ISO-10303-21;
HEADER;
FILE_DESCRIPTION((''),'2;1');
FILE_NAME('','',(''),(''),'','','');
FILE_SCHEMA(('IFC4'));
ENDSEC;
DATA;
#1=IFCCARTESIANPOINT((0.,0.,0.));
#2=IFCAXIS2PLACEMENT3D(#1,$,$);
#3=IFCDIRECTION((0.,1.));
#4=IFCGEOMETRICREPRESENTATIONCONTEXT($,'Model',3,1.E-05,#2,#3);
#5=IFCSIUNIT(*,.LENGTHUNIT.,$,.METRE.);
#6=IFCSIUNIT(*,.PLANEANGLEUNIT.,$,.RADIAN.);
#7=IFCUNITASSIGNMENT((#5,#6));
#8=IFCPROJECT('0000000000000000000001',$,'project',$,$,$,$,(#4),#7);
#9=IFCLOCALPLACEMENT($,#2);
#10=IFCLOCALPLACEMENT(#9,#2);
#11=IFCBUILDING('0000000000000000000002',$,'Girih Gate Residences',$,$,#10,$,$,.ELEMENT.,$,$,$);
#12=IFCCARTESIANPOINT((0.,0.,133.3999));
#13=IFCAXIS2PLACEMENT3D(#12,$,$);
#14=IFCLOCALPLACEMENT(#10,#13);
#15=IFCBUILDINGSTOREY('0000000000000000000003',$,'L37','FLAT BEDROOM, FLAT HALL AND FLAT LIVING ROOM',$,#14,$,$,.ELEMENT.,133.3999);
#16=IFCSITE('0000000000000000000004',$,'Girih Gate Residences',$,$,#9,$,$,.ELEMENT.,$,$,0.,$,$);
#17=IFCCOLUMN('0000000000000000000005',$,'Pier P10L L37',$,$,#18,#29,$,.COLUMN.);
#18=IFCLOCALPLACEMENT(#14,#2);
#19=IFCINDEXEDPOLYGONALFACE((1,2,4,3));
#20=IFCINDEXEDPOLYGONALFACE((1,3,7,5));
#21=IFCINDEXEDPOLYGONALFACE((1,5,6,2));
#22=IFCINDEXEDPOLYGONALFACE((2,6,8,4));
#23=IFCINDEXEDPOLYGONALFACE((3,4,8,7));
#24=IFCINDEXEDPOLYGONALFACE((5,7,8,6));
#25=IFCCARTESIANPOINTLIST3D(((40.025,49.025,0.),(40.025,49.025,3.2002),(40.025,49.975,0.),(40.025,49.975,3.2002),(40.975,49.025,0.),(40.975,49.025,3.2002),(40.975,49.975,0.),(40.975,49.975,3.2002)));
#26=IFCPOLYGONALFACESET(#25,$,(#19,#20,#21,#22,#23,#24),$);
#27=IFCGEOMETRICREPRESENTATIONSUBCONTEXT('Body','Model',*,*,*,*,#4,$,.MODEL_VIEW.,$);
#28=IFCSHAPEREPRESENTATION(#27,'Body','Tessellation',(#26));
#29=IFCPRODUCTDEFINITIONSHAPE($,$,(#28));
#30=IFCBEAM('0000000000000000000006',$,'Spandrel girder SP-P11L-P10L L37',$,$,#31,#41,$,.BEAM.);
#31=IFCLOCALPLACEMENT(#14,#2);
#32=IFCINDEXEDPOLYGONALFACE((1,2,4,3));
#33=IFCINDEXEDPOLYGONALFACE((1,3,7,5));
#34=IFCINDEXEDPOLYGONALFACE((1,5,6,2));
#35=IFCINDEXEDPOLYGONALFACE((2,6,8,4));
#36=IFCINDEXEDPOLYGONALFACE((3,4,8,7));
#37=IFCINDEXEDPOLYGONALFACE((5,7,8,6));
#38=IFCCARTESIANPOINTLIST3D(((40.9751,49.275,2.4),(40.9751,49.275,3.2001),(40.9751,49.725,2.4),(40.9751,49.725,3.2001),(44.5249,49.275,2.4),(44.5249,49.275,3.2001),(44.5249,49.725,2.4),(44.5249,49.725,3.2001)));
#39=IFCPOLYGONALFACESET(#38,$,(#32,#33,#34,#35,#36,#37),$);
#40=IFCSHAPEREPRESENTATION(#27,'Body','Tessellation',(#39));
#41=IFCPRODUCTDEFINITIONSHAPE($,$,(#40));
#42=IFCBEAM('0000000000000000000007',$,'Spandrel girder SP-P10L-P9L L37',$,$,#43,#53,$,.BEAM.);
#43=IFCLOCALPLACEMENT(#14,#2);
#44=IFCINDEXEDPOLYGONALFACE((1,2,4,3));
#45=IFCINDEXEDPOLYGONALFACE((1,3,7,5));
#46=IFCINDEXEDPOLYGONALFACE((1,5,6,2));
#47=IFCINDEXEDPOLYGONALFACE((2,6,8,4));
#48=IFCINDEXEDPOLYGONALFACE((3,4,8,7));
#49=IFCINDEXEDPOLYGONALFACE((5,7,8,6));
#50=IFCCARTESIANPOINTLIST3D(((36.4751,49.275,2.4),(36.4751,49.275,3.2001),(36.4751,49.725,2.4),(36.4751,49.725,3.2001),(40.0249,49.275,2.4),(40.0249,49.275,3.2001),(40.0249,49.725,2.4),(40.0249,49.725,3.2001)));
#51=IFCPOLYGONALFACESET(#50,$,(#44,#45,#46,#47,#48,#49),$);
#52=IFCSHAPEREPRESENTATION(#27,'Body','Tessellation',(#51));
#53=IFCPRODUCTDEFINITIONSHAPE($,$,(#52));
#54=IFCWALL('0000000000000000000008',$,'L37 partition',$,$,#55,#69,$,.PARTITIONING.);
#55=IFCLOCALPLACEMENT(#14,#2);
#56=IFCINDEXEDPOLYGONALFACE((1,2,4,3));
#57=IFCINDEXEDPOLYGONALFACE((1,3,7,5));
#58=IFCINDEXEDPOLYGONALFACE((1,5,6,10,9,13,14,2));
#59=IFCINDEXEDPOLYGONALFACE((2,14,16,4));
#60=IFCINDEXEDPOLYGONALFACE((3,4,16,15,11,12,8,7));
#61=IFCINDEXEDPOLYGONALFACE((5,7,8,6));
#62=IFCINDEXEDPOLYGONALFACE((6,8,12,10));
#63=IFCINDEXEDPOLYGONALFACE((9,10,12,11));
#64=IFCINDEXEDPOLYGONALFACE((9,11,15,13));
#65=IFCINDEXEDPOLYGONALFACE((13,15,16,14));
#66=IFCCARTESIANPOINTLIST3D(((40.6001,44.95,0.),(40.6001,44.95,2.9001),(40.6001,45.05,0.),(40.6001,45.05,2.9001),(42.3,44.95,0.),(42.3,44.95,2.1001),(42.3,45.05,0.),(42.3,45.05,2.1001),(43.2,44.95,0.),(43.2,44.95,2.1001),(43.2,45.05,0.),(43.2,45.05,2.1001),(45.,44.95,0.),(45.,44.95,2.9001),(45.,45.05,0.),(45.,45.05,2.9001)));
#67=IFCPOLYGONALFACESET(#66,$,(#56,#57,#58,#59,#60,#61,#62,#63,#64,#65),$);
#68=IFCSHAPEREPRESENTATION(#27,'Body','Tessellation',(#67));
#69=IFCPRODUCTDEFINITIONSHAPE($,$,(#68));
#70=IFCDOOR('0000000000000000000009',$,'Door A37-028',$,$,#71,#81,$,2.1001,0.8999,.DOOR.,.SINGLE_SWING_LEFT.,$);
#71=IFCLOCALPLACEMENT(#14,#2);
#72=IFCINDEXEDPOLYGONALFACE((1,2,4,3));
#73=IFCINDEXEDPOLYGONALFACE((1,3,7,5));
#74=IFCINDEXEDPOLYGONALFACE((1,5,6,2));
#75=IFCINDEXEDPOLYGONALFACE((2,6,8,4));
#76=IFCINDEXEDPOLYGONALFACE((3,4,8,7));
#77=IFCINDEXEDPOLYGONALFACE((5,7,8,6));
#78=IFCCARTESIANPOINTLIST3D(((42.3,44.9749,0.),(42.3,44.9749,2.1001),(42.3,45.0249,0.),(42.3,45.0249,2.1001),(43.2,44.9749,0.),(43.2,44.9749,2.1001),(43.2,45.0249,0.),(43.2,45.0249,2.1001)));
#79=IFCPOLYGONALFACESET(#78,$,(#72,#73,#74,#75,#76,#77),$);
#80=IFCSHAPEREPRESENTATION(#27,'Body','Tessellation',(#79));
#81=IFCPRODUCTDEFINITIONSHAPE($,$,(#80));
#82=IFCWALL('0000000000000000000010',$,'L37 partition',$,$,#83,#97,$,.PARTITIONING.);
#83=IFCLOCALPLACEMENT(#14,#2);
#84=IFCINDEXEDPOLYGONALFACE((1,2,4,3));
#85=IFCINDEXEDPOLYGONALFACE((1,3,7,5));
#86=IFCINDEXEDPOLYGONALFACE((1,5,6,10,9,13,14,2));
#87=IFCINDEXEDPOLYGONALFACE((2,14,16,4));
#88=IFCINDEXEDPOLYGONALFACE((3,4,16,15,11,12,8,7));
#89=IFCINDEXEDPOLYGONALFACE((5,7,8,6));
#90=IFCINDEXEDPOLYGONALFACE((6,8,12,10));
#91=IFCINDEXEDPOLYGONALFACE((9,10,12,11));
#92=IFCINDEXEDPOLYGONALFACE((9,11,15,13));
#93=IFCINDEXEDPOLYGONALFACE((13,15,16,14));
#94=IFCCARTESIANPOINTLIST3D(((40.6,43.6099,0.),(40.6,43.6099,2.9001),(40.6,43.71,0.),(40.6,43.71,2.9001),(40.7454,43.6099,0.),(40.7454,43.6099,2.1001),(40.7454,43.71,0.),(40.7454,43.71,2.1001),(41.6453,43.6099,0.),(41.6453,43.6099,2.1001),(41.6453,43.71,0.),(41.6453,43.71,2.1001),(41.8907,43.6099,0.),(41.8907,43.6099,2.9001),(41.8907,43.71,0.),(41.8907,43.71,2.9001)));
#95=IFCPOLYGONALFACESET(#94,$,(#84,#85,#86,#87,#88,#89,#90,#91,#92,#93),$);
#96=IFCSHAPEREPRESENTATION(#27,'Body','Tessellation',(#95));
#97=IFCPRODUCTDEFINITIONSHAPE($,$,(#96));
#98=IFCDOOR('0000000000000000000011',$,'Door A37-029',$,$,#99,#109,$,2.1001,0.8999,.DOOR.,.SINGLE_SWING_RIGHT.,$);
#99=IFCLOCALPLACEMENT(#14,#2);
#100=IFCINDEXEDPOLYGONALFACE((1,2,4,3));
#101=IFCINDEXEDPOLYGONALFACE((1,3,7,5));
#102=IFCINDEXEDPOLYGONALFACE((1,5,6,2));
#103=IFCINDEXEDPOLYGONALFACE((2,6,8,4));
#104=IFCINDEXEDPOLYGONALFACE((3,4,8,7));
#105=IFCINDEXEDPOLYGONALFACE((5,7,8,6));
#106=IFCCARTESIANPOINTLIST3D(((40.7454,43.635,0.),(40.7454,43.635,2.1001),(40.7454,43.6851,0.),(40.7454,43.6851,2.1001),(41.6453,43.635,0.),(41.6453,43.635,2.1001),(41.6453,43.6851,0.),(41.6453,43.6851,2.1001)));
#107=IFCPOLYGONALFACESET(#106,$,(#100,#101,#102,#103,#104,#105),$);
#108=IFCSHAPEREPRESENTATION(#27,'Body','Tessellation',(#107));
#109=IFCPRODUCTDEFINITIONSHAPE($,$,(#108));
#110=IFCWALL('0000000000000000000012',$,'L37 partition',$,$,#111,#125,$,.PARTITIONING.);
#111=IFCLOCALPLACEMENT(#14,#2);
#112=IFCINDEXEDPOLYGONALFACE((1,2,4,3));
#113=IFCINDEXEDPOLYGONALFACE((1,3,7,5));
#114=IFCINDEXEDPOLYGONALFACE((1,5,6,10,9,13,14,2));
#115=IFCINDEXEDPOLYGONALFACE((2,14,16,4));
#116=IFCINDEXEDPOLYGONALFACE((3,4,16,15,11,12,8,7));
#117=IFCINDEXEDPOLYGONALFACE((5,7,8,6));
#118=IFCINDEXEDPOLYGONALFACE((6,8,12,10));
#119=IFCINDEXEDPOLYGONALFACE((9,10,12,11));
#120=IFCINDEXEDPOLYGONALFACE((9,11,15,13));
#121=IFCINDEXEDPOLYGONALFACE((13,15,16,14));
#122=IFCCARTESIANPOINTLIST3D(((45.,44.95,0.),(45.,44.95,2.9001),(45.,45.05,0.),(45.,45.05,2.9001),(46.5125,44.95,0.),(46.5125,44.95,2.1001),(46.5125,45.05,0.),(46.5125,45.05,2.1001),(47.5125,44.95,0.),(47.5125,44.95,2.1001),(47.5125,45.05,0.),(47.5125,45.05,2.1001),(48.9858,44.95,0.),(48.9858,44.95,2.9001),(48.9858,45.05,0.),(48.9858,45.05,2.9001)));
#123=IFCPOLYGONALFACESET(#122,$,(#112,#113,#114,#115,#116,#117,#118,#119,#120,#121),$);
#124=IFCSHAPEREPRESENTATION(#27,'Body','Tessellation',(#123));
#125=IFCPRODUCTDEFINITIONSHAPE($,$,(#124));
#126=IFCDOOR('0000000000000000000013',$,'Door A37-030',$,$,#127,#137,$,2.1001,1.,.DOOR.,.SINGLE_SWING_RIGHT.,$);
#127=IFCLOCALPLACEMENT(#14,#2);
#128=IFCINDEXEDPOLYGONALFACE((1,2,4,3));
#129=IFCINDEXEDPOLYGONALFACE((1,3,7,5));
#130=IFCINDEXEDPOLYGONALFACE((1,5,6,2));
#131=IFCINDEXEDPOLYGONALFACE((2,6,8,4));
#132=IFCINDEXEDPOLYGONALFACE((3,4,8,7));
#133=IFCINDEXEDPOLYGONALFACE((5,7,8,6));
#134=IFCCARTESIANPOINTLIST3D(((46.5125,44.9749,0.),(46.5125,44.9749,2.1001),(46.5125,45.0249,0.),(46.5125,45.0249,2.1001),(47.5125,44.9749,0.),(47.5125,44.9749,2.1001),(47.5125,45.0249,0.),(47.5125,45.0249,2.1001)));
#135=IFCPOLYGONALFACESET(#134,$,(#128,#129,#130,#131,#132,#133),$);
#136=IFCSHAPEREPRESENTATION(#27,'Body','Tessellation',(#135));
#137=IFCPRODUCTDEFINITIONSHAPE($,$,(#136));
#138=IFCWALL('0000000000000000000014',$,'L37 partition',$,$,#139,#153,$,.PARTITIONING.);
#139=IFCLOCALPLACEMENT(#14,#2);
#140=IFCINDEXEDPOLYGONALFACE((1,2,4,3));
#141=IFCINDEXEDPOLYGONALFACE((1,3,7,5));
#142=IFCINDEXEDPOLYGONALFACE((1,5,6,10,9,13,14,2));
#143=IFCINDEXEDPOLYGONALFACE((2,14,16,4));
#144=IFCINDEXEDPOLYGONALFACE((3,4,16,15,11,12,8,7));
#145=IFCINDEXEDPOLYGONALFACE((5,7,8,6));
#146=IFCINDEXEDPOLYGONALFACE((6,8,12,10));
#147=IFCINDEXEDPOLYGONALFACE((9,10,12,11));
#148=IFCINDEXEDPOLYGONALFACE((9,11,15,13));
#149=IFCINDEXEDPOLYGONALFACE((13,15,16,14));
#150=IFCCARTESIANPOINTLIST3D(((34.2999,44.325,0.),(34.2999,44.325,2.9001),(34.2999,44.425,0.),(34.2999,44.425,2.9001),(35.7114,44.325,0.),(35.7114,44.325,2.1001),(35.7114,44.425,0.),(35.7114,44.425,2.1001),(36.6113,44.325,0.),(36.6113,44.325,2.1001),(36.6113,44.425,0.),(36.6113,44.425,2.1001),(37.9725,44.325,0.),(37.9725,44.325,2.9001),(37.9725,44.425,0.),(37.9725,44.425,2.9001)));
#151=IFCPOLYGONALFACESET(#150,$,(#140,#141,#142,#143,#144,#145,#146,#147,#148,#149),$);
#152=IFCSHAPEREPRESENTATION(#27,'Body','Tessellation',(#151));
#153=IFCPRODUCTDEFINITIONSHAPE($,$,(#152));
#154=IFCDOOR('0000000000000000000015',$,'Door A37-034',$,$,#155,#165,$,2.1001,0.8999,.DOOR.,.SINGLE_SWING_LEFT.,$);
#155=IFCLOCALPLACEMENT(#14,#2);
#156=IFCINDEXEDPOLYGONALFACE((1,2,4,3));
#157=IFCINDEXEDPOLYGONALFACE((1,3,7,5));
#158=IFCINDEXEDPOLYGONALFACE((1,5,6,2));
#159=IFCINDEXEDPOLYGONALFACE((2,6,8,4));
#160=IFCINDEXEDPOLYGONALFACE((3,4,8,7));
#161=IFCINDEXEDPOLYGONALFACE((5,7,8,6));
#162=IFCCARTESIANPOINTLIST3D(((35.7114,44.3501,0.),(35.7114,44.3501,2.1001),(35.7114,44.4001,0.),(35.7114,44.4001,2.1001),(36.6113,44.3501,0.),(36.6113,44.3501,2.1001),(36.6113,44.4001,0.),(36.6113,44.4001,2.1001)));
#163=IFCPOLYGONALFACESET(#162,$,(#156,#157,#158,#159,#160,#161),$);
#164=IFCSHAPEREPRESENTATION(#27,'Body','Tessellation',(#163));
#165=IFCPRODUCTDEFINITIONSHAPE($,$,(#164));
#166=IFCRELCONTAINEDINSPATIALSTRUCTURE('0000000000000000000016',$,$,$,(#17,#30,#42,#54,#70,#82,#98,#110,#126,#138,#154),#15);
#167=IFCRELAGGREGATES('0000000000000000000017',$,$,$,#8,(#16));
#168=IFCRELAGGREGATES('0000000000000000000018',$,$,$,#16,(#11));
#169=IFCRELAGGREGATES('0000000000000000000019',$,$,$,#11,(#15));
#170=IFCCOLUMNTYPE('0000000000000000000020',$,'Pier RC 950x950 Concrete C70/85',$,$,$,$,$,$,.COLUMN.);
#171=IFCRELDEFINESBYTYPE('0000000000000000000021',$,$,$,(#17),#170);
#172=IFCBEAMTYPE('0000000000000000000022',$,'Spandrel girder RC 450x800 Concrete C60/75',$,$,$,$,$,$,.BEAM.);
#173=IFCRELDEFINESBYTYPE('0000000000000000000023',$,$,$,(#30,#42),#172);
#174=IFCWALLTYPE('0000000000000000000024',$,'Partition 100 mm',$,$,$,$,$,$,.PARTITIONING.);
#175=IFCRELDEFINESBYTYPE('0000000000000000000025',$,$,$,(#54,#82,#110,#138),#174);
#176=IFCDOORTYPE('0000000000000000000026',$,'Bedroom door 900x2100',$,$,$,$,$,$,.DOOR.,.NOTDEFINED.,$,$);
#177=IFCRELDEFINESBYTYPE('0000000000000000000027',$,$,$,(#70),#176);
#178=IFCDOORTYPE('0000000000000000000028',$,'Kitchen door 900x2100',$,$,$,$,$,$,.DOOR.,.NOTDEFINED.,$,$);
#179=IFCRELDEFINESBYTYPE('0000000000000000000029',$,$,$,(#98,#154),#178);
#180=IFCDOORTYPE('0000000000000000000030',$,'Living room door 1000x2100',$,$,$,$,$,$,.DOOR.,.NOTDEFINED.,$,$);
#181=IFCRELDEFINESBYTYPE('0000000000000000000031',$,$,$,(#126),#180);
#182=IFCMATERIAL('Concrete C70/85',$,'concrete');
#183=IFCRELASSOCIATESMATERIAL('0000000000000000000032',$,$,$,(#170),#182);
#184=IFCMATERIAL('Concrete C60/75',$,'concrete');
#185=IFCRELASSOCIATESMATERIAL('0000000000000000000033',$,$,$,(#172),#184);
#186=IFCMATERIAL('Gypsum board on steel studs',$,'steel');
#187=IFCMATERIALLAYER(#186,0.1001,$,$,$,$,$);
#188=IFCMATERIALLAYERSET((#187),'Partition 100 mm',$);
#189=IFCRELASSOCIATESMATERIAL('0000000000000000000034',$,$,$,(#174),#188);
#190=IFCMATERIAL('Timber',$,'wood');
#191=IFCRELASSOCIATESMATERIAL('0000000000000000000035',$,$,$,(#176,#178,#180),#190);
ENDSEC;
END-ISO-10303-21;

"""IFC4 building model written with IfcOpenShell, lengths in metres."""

from ifc_helpers import new_model, si_unit, direction, frame, frame_2d, origin, origin_2d, place, context, subcontext, project, spatial, rectangle, extrude, material, layer, layer_set, material_profile, profile_set, type_object, element, fill, save


model = new_model("IFC4")

# Units and contexts
model_context = context("Model", 3, precision=1e-05, world=origin(), true_north=direction((0.0, 1.0)))
body_context = subcontext(model_context, "Body", "Model", "MODEL_VIEW")
ifc_project = project(units=[si_unit("LENGTHUNIT", "METRE"), si_unit("PLANEANGLEUNIT", "RADIAN")], contexts=[model_context])

# Site, building, storey
site_placement = place(None, origin())
site = spatial("IfcSite", under=ifc_project, at=site_placement, Name="Girih Gate Residences", CompositionType="ELEMENT", RefElevation=0.0)
building_placement = place(site_placement, origin())
building = spatial("IfcBuilding", under=site, at=building_placement, Name="Girih Gate Residences", CompositionType="ELEMENT")
storey_placement = place(building_placement, frame((0.0, 0.0, 133.3999)))
storey = spatial("IfcBuildingStorey", under=building, at=storey_placement, Name="L37", Description="FLAT BEDROOM, FLAT HALL AND FLAT LIVING ROOM", CompositionType="ELEMENT", Elevation=133.3999)

# Column
ifc_material_1 = material(Name="Concrete C70/85", Category="concrete")
ifc_material_profile_1 = material_profile(ifc_material_1, rectangle(XDim=0.95, YDim=0.95, at=origin_2d()))
ifc_profile_set_1 = profile_set([ifc_material_profile_1], Name="Concrete C70/85")
column_type = type_object("IfcColumnType", Name="Pier RC 950x950 Concrete C70/85", PredefinedType="COLUMN", material=ifc_profile_set_1)
column_placement = place(storey_placement, frame((40.5, 49.5, 0.0), z_axis=(0.0, 0.0, 1.0), x_axis=(1.0, 0.0, 0.0)))
element("IfcColumn", 1, at=column_placement, inside=storey, type_object=column_type, Name="Pier P10L L37", PredefinedType="COLUMN", context=body_context, shape_type="SweptSolid", body=[
    extrude(rectangle(XDim=0.95, YDim=0.95, at=origin_2d()), origin(), (0.0, 0.0, 1.0), 3.2002),
])

# Beams
ifc_material_2 = material(Name="Concrete C60/75", Category="concrete")
ifc_material_profile_2 = material_profile(ifc_material_2, rectangle(XDim=0.45, YDim=0.8, at=origin_2d()))
ifc_profile_set_2 = profile_set([ifc_material_profile_2], Name="Concrete C60/75")
beam_type = type_object("IfcBeamType", Name="Spandrel girder RC 450x800 Concrete C60/75", PredefinedType="BEAM", material=ifc_profile_set_2)
for number, where, z_axis, x_axis, name in (
    (2, (44.5249, 49.5, 2.8), (-1.0, 0.0, 0.0), (0.0, -1.0, 0.0), "Spandrel girder SP-P11L-P10L L37"),
    (3, (40.0249, 49.5, 2.8), (-1.0, 0.0, 0.0), (0.0, -1.0, 0.0), "Spandrel girder SP-P10L-P9L L37"),
):
    element("IfcBeam", number, at=place(storey_placement, frame(where, z_axis=z_axis, x_axis=x_axis)), inside=storey, type_object=beam_type, Name=name, PredefinedType="BEAM", context=body_context, shape_type="SweptSolid", body=[
        extrude(rectangle(XDim=0.45, YDim=0.8, at=origin_2d()), origin(), (0.0, 0.0, 1.0), 3.5498),
    ])

# Walls, openings, doors
ifc_material_3 = material(Name="Gypsum board on steel studs", Category="steel")
ifc_layer_1 = layer(ifc_material_3, 0.1001)
ifc_layer_set_1 = layer_set([ifc_layer_1], Name="Partition 100 mm")
wall_type_1 = type_object("IfcWallType", Name="Partition 100 mm", PredefinedType="PARTITIONING", material=ifc_layer_set_1)
wall_1_placement = place(storey_placement, frame((40.6001, 45.0, 0.0), z_axis=(0.0, 0.0, 1.0), x_axis=(1.0, 0.0, 0.0)))
wall_1 = element("IfcWall", 4, at=wall_1_placement, inside=storey, type_object=wall_type_1, Name="L37 partition", PredefinedType="PARTITIONING", context=body_context, shape_type="SweptSolid", body=[
    extrude(rectangle(XDim=4.3999, YDim=0.1001, at=frame_2d((2.2, 0.0))), origin(), (0.0, 0.0, 1.0), 2.9001),
])
opening_1_placement = place(wall_1_placement, frame((1.7, 0.0, 0.0)))
opening_1 = element("IfcOpeningElement", 5, at=opening_1_placement, cuts=wall_1, PredefinedType="OPENING", context=body_context, shape_type="SweptSolid", body=[
    extrude(rectangle(XDim=0.8999, YDim=2.1001, at=frame_2d((0.45, 1.05))), frame((0.0, 0.0601, 0.0), z_axis=(0.0, -1.0, 0.0), x_axis=(1.0, 0.0, 0.0)), (0.0, 0.0, 1.0), 0.1201),
])
ifc_material_4 = material(Name="Timber", Category="wood")
door_type_1 = type_object("IfcDoorType", Name="Bedroom door 900x2100", OperationType="NOTDEFINED", PredefinedType="DOOR", material=ifc_material_4)
door_1_placement = place(opening_1_placement, origin())
door_1 = element("IfcDoor", 6, at=door_1_placement, inside=storey, type_object=door_type_1, Name="Door A37-028", OperationType="SINGLE_SWING_LEFT", OverallHeight=2.1001, OverallWidth=0.8999, PredefinedType="DOOR", context=body_context, shape_type="SweptSolid", body=[
    extrude(rectangle(XDim=0.8999, YDim=2.1001, at=frame_2d((0.45, 1.05))), frame((0.0, 0.0249, 0.0), z_axis=(0.0, -1.0, 0.0), x_axis=(1.0, 0.0, 0.0)), (0.0, 0.0, 1.0), 0.05),
])
fill(opening_1, door_1)
wall_2_placement = place(storey_placement, frame((41.8909, 43.6599, 0.0), z_axis=(0.0, 0.0, 1.0), x_axis=(-1.0, 0.0, 0.0)))
wall_2 = element("IfcWall", 7, at=wall_2_placement, inside=storey, type_object=wall_type_1, Name="L37 partition", PredefinedType="PARTITIONING", context=body_context, shape_type="SweptSolid", body=[
    extrude(rectangle(XDim=1.2908, YDim=0.1001, at=frame_2d((0.6455, 0.0))), origin(), (0.0, 0.0, 1.0), 2.9001),
])
opening_2_placement = place(wall_2_placement, frame((0.2456, 0.0, 0.0)))
opening_2 = element("IfcOpeningElement", 8, at=opening_2_placement, cuts=wall_2, PredefinedType="OPENING", context=body_context, shape_type="SweptSolid", body=[
    extrude(rectangle(XDim=0.8999, YDim=2.1001, at=frame_2d((0.45, 1.05))), frame((0.0, 0.0601, 0.0), z_axis=(0.0, -1.0, 0.0), x_axis=(1.0, 0.0, 0.0)), (0.0, 0.0, 1.0), 0.1201),
])
door_type_2 = type_object("IfcDoorType", Name="Kitchen door 900x2100", OperationType="NOTDEFINED", PredefinedType="DOOR", material=ifc_material_4)
door_2_placement = place(opening_2_placement, origin())
door_2 = element("IfcDoor", 9, at=door_2_placement, inside=storey, type_object=door_type_2, Name="Door A37-029", OperationType="SINGLE_SWING_RIGHT", OverallHeight=2.1001, OverallWidth=0.8999, PredefinedType="DOOR", context=body_context, shape_type="SweptSolid", body=[
    extrude(rectangle(XDim=0.8999, YDim=2.1001, at=frame_2d((0.45, 1.05))), frame((0.0, 0.0249, 0.0), z_axis=(0.0, -1.0, 0.0), x_axis=(1.0, 0.0, 0.0)), (0.0, 0.0, 1.0), 0.05),
])
fill(opening_2, door_2)
wall_3_placement = place(storey_placement, frame((45.0, 45.0, 0.0), z_axis=(0.0, 0.0, 1.0), x_axis=(1.0, 0.0, 0.0)))
wall_3 = element("IfcWall", 10, at=wall_3_placement, inside=storey, type_object=wall_type_1, Name="L37 partition", PredefinedType="PARTITIONING", context=body_context, shape_type="SweptSolid", body=[
    extrude(rectangle(XDim=3.9858, YDim=0.1001, at=frame_2d((1.9929, 0.0))), origin(), (0.0, 0.0, 1.0), 2.9001),
])
opening_3_placement = place(wall_3_placement, frame((1.5125, 0.0, 0.0)))
opening_3 = element("IfcOpeningElement", 11, at=opening_3_placement, cuts=wall_3, PredefinedType="OPENING", context=body_context, shape_type="SweptSolid", body=[
    extrude(rectangle(XDim=1.0, YDim=2.1001, at=frame_2d((0.5, 1.05))), frame((0.0, 0.0601, 0.0), z_axis=(0.0, -1.0, 0.0), x_axis=(1.0, 0.0, 0.0)), (0.0, 0.0, 1.0), 0.1201),
])
door_type_3 = type_object("IfcDoorType", Name="Living room door 1000x2100", OperationType="NOTDEFINED", PredefinedType="DOOR", material=ifc_material_4)
door_3_placement = place(opening_3_placement, origin())
door_3 = element("IfcDoor", 12, at=door_3_placement, inside=storey, type_object=door_type_3, Name="Door A37-030", OperationType="SINGLE_SWING_RIGHT", OverallHeight=2.1001, OverallWidth=1.0, PredefinedType="DOOR", context=body_context, shape_type="SweptSolid", body=[
    extrude(rectangle(XDim=1.0, YDim=2.1001, at=frame_2d((0.5, 1.05))), frame((0.0, 0.0249, 0.0), z_axis=(0.0, -1.0, 0.0), x_axis=(1.0, 0.0, 0.0)), (0.0, 0.0, 1.0), 0.05),
])
fill(opening_3, door_3)
wall_4_placement = place(storey_placement, frame((37.9727, 44.375, 0.0), z_axis=(0.0, 0.0, 1.0), x_axis=(-1.0, 0.0, 0.0)))
wall_4 = element("IfcWall", 13, at=wall_4_placement, inside=storey, type_object=wall_type_1, Name="L37 partition", PredefinedType="PARTITIONING", context=body_context, shape_type="SweptSolid", body=[
    extrude(rectangle(XDim=3.6726, YDim=0.1001, at=frame_2d((1.8364, 0.0))), origin(), (0.0, 0.0, 1.0), 2.9001),
])
opening_4_placement = place(wall_4_placement, frame((1.3613, 0.0, 0.0)))
opening_4 = element("IfcOpeningElement", 14, at=opening_4_placement, cuts=wall_4, PredefinedType="OPENING", context=body_context, shape_type="SweptSolid", body=[
    extrude(rectangle(XDim=0.8999, YDim=2.1001, at=frame_2d((0.45, 1.05))), frame((0.0, 0.0601, 0.0), z_axis=(0.0, -1.0, 0.0), x_axis=(1.0, 0.0, 0.0)), (0.0, 0.0, 1.0), 0.1201),
])
door_4_placement = place(opening_4_placement, origin())
door_4 = element("IfcDoor", 15, at=door_4_placement, inside=storey, type_object=door_type_2, Name="Door A37-034", OperationType="SINGLE_SWING_LEFT", OverallHeight=2.1001, OverallWidth=0.8999, PredefinedType="DOOR", context=body_context, shape_type="SweptSolid", body=[
    extrude(rectangle(XDim=0.8999, YDim=2.1001, at=frame_2d((0.45, 1.05))), frame((0.0, 0.0249, 0.0), z_axis=(0.0, -1.0, 0.0), x_axis=(1.0, 0.0, 0.0)), (0.0, 0.0, 1.0), 0.05),
])
fill(opening_4, door_4)

save(model, "model.ifc")
